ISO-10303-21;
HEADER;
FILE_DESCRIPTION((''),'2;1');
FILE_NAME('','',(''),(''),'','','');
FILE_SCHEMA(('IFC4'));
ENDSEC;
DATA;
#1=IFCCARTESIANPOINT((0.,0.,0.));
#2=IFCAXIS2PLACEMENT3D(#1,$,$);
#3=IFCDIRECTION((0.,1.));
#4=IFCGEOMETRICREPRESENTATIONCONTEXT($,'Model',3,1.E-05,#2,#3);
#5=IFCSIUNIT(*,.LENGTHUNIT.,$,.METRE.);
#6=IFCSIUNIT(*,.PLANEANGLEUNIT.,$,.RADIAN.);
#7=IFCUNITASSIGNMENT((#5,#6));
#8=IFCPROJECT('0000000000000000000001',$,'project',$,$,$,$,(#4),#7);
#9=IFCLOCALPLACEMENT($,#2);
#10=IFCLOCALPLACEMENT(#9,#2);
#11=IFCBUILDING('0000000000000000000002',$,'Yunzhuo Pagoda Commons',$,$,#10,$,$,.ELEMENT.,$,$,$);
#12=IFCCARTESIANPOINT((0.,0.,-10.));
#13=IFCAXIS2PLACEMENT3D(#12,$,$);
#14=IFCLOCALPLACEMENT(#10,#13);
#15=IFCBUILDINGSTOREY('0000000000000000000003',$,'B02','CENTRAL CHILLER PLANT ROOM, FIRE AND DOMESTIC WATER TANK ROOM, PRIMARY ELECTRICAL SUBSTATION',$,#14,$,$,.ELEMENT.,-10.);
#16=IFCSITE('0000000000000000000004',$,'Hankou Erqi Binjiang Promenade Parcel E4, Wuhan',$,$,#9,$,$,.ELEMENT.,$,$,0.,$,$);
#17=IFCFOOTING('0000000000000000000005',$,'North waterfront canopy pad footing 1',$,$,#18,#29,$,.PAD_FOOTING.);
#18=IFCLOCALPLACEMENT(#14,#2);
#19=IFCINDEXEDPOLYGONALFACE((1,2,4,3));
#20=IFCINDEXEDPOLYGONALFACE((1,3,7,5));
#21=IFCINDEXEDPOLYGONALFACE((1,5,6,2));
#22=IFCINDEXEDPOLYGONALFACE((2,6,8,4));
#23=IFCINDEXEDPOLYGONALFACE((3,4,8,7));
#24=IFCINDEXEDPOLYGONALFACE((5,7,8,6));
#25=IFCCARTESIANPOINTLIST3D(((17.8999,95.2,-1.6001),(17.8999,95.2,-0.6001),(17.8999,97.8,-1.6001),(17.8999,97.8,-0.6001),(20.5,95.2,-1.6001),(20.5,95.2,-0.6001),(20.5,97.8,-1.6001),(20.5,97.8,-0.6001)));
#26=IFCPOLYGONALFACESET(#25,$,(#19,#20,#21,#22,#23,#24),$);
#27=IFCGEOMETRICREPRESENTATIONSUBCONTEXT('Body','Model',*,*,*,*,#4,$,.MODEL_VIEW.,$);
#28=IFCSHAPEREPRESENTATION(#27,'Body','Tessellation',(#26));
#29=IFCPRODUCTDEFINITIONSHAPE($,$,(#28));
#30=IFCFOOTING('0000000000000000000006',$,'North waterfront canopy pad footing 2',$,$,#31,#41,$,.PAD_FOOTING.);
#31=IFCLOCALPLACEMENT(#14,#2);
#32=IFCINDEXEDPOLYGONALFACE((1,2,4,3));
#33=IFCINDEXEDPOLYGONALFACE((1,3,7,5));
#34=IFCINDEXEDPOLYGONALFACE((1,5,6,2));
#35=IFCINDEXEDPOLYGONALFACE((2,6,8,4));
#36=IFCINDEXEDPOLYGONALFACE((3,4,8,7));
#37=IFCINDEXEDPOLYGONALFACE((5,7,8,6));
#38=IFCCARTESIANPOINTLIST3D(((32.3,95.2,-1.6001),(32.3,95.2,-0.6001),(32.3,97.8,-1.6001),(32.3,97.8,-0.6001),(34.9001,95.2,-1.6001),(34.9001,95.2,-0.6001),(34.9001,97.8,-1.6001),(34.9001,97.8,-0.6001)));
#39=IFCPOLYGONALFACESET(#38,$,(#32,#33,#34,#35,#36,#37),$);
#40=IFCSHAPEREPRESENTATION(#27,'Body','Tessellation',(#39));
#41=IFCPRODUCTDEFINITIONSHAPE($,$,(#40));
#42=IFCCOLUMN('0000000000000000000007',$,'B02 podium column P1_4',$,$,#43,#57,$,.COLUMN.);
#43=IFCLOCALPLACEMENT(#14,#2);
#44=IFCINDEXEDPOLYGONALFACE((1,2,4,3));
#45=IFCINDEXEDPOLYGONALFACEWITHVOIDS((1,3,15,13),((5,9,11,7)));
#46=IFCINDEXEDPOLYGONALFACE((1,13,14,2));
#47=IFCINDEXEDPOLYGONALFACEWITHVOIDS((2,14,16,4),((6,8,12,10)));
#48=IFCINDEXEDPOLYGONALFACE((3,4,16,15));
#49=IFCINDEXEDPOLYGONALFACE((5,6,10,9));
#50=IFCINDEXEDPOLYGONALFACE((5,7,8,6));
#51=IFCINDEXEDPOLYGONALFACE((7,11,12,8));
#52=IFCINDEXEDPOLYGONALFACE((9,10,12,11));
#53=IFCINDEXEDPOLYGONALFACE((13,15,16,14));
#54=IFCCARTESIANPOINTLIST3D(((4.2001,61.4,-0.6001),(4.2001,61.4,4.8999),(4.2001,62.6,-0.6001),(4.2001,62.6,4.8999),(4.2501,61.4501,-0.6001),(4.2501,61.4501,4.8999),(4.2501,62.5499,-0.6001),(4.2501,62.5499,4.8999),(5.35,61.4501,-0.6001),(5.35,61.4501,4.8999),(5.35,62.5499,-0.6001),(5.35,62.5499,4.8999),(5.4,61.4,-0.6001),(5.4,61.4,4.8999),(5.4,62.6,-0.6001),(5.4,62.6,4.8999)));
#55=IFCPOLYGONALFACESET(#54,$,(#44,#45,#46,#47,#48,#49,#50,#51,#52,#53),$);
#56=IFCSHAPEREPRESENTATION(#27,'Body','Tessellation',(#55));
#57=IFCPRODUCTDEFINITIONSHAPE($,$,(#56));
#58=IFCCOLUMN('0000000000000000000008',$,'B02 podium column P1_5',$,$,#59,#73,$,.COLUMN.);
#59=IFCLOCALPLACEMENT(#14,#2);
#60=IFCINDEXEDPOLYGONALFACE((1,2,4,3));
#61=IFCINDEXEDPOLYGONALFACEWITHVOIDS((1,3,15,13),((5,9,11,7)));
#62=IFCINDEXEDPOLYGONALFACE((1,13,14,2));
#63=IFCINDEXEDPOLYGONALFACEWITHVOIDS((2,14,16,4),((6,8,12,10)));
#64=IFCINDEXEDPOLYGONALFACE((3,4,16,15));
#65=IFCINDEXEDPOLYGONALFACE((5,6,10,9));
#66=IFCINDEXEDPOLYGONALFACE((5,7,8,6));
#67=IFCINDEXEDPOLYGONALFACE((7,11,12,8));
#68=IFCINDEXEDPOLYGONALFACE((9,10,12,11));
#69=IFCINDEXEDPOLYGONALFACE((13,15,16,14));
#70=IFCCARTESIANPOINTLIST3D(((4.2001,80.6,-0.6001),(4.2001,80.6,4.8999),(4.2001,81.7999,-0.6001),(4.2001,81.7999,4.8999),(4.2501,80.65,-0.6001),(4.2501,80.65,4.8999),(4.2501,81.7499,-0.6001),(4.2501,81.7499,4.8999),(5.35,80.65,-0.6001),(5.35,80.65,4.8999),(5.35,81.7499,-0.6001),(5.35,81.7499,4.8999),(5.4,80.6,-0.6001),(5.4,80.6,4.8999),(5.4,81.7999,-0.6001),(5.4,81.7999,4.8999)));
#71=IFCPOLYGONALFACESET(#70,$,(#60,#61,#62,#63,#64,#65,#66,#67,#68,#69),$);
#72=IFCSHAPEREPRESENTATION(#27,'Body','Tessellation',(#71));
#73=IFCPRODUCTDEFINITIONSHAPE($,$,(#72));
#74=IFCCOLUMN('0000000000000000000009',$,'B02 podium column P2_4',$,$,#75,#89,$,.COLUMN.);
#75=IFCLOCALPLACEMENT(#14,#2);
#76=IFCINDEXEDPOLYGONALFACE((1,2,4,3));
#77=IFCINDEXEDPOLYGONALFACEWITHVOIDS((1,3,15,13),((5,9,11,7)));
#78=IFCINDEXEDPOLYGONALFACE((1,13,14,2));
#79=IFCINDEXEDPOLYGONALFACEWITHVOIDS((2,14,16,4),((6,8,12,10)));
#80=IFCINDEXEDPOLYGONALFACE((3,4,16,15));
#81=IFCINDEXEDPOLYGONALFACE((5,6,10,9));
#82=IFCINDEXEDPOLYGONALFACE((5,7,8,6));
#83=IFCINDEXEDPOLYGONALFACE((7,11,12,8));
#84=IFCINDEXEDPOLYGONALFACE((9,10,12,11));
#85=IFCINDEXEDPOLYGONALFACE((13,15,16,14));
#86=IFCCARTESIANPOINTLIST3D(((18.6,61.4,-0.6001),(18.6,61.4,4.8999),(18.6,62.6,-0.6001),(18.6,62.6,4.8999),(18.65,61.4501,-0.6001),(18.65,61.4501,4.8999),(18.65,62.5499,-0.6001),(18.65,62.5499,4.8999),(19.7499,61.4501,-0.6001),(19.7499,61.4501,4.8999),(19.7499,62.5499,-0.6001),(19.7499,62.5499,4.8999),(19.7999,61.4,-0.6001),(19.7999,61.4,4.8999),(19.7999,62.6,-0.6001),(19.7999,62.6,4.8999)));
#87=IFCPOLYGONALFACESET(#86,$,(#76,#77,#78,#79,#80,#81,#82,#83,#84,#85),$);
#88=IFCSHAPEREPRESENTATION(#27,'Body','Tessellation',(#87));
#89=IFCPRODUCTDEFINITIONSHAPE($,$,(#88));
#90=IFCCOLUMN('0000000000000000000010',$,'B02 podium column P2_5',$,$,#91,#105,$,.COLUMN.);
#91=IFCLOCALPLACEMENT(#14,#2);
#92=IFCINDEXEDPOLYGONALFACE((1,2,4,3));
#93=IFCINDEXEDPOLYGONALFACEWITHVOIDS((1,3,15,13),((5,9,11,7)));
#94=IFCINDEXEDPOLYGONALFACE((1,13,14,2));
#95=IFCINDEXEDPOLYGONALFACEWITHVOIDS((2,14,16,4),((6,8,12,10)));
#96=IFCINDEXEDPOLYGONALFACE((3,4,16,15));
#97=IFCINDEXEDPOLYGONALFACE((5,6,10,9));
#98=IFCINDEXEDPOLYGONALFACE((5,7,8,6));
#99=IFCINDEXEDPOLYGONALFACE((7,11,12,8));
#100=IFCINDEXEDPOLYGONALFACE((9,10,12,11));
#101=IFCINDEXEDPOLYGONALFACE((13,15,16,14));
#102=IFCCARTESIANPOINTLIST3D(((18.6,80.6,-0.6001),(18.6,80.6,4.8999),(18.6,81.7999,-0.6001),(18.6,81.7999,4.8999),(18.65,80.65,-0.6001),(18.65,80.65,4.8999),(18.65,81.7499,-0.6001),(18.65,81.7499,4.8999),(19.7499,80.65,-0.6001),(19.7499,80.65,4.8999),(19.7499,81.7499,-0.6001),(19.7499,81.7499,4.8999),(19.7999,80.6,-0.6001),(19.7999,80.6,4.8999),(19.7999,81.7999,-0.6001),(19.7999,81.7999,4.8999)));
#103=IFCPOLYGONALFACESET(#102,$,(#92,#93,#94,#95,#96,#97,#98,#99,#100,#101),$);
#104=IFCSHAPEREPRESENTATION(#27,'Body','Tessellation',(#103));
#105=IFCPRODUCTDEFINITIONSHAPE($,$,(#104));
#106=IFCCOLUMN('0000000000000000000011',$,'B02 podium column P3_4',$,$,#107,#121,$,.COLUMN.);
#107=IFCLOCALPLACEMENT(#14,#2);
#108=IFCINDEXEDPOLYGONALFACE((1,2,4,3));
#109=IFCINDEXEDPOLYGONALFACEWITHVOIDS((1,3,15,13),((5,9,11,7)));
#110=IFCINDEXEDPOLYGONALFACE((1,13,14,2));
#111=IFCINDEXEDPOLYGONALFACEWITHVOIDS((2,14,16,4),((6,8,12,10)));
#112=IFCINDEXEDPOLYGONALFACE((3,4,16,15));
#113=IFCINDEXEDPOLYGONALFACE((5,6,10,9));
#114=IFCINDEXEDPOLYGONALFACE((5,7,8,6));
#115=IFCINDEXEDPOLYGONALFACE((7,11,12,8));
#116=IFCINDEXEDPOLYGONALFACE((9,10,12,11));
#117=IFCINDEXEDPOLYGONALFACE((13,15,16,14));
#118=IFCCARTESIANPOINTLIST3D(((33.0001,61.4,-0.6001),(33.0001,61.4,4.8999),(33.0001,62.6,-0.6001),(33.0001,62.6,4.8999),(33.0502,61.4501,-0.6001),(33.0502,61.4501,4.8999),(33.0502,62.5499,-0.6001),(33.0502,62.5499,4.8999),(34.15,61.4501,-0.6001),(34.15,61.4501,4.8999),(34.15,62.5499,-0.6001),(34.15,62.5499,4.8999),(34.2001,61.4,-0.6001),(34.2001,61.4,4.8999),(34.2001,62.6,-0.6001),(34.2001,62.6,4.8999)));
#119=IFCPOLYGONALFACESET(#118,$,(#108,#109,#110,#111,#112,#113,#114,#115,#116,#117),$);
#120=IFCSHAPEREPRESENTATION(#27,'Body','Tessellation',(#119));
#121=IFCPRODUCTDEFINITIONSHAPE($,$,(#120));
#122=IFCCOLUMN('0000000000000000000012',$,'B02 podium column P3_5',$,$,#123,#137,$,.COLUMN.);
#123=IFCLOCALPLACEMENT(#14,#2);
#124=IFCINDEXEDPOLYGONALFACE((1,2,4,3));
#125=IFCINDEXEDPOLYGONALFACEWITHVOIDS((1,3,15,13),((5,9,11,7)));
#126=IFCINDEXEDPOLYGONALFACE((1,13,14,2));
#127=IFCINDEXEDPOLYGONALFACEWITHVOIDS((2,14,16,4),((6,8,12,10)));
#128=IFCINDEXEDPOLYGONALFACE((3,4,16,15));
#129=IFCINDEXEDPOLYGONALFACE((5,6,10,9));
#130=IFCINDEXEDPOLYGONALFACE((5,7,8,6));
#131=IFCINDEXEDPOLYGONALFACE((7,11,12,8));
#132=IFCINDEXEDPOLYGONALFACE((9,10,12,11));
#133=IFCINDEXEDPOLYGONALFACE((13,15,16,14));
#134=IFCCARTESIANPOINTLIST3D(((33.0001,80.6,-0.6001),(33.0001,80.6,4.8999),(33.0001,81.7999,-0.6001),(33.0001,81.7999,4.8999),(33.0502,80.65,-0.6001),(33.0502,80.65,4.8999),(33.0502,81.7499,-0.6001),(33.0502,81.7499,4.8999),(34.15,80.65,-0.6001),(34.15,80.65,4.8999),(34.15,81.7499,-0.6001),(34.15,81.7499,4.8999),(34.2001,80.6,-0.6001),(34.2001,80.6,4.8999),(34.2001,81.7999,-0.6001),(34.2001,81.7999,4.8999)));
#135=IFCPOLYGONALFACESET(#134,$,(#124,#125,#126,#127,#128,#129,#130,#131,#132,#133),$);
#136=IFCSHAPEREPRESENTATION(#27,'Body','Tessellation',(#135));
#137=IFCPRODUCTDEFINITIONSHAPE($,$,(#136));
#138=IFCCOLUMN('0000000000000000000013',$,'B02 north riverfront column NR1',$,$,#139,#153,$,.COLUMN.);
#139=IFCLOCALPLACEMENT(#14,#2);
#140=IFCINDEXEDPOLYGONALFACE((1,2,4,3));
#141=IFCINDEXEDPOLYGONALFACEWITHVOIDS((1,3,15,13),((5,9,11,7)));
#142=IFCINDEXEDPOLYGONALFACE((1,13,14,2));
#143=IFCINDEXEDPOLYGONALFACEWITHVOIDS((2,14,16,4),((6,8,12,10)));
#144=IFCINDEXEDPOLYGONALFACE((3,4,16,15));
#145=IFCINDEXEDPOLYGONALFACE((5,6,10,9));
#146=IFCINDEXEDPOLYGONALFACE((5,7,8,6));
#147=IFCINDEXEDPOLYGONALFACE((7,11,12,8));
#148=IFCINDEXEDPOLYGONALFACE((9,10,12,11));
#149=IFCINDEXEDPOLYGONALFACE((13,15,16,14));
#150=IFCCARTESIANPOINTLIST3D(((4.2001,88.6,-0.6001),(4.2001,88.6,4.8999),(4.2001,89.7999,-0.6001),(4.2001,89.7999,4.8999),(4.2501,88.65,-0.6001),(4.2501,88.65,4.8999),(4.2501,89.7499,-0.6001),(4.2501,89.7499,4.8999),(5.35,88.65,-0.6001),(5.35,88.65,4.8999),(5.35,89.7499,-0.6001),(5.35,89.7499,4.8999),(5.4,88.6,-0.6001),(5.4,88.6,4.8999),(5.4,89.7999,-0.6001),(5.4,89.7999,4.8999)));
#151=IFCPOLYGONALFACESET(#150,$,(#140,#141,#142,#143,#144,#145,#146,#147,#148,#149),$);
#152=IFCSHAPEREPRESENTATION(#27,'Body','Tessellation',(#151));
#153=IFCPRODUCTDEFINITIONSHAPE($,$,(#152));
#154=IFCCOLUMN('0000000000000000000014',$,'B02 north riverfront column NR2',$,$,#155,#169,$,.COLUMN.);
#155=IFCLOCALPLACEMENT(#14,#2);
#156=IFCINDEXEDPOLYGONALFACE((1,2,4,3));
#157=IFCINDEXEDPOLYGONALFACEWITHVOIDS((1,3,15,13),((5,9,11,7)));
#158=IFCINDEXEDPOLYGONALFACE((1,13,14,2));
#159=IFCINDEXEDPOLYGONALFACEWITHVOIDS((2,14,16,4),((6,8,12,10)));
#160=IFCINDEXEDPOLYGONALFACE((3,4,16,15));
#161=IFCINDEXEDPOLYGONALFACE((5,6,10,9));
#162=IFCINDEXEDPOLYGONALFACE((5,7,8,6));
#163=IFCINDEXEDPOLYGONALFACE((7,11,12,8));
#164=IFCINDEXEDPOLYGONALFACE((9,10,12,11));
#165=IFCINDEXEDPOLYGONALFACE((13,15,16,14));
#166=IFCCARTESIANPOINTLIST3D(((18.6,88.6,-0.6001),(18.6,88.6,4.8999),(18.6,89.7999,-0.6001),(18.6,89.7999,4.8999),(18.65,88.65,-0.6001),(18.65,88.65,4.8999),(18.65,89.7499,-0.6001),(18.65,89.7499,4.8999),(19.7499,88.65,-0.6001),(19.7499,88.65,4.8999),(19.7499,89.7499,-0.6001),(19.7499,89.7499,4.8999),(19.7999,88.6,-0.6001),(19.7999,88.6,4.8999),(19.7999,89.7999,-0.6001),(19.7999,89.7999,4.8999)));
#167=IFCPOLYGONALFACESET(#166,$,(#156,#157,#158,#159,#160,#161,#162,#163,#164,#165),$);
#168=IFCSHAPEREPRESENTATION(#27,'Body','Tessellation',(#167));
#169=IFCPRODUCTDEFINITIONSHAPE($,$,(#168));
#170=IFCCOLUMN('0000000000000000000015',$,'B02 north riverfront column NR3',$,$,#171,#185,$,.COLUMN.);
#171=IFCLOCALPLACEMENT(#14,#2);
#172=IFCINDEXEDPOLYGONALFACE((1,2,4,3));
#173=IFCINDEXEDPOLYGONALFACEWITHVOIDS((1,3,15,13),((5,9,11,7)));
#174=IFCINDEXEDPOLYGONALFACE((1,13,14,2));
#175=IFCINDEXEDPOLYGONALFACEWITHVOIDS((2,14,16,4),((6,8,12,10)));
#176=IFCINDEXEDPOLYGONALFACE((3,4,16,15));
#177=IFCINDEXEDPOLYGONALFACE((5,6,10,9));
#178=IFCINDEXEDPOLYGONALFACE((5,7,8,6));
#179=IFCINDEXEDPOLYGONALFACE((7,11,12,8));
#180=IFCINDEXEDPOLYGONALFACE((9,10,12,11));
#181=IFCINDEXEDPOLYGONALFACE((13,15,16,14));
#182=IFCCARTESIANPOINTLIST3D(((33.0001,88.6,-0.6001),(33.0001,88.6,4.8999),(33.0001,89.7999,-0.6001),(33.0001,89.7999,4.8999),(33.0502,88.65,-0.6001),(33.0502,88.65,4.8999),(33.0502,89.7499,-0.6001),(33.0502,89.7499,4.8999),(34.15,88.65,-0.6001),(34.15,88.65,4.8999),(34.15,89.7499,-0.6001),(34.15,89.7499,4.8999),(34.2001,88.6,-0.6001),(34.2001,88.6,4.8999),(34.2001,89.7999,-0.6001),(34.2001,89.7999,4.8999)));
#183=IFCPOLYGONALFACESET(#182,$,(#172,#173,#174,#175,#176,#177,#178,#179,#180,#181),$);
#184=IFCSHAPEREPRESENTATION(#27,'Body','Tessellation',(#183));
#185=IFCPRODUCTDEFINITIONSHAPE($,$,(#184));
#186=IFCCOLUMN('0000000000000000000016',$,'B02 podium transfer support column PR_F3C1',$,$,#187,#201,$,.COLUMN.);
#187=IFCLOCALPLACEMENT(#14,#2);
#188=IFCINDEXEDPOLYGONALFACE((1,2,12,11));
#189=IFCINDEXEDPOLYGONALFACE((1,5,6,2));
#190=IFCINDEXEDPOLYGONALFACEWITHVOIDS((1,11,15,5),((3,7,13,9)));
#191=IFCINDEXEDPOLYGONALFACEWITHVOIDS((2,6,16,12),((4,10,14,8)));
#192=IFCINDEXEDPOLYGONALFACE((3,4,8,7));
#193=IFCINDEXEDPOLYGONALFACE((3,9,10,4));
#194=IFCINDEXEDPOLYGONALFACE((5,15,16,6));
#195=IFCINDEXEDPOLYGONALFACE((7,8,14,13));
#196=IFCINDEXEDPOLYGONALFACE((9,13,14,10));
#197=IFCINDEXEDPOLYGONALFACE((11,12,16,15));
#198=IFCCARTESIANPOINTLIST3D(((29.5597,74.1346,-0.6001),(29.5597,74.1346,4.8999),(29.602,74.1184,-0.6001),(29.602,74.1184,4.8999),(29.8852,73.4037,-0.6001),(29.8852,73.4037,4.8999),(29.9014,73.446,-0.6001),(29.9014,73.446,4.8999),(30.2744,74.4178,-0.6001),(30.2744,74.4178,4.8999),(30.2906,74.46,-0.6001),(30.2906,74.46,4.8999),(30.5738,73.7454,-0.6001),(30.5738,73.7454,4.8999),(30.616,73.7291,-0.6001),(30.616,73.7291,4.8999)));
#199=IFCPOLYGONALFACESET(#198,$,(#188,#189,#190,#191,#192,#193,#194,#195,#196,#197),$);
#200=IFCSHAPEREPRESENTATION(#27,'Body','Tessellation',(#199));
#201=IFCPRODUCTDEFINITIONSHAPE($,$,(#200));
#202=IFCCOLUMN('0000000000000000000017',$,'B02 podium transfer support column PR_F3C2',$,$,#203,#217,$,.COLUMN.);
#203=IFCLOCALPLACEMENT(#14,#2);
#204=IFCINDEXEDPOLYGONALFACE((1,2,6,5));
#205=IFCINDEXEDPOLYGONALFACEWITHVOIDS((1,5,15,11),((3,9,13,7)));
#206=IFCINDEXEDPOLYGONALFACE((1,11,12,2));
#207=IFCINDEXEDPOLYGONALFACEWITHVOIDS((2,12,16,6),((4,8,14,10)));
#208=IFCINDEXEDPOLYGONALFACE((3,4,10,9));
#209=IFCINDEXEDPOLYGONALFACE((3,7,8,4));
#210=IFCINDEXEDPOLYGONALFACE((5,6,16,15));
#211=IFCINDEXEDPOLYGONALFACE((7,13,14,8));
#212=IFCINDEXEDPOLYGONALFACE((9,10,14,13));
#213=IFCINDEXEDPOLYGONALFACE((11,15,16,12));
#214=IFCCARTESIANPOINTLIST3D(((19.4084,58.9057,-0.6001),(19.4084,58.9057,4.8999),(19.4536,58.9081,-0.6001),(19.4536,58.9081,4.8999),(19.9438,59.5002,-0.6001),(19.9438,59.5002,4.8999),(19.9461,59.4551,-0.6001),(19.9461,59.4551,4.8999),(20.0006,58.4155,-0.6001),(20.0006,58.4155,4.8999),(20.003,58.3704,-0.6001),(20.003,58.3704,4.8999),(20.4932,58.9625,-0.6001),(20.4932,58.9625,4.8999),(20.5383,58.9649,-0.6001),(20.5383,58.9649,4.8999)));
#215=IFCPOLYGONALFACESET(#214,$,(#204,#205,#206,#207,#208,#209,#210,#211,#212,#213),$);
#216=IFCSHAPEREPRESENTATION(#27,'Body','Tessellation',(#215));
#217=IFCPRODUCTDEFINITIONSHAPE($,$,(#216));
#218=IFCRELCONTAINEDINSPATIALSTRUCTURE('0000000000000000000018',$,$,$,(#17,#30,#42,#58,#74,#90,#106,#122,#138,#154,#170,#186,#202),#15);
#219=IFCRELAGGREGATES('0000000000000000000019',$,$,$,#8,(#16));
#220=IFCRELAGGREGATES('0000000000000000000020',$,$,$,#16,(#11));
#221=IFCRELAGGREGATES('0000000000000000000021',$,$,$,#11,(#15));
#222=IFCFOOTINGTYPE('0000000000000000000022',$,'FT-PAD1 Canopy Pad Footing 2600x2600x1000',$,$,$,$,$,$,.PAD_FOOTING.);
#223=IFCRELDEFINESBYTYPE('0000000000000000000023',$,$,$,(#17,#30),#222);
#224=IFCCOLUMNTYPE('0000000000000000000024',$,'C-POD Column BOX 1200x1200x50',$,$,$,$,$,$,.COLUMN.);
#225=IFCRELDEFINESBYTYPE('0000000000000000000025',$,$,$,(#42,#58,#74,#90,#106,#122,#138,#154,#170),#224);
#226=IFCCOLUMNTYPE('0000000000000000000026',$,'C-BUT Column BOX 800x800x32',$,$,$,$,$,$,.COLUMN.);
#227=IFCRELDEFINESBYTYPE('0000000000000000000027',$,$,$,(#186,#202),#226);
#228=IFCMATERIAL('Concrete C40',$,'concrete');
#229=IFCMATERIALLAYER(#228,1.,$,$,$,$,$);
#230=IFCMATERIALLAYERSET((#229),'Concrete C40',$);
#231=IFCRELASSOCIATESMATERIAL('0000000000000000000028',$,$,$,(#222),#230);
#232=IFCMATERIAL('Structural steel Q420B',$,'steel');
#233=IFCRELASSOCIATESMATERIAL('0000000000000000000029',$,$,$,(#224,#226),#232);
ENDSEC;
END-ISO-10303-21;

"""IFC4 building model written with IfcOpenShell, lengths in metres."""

from ifc_helpers import new_model, si_unit, direction, frame, origin, origin_2d, place, context, subcontext, project, spatial, rectangle, hollow_rectangle, extrude, source, transform, mapped, material, layer, layer_set, material_profile, profile_set, type_object, element, save


model = new_model("IFC4")

# Units and contexts
model_context = context("Model", 3, precision=1e-05, world=origin(), true_north=direction((0.0, 1.0)))
body_context = subcontext(model_context, "Body", "Model", "MODEL_VIEW")
ifc_project = project(units=[si_unit("LENGTHUNIT", "METRE"), si_unit("PLANEANGLEUNIT", "RADIAN")], contexts=[model_context])

# Site, building, storey
site_placement = place(None, origin())
site = spatial("IfcSite", under=ifc_project, at=site_placement, Name="Hankou Erqi Binjiang Promenade Parcel E4, Wuhan", CompositionType="ELEMENT", RefElevation=0.0)
building_placement = place(site_placement, origin())
building = spatial("IfcBuilding", under=site, at=building_placement, Name="Yunzhuo Pagoda Commons", CompositionType="ELEMENT")
storey_placement = place(building_placement, frame((0.0, 0.0, -10.0)))
storey = spatial("IfcBuildingStorey", under=building, at=storey_placement, Name="B02", Description="CENTRAL CHILLER PLANT ROOM, FIRE AND DOMESTIC WATER TANK ROOM, PRIMARY ELECTRICAL SUBSTATION", CompositionType="ELEMENT", Elevation=-10.0)

# Footings
ifc_material_1 = material(Name="Concrete C40", Category="concrete")
ifc_layer_1 = layer(ifc_material_1, 1.0)
ifc_layer_set_1 = layer_set([ifc_layer_1], Name="Concrete C40")
footing_type = type_object("IfcFootingType", Name="FT-PAD1 Canopy Pad Footing 2600x2600x1000", PredefinedType="PAD_FOOTING", material=ifc_layer_set_1)
shared_shape_1 = source(origin(), body_context, "Body", "SweptSolid", [
    extrude(rectangle(XDim=2.6001, YDim=2.6001, at=origin_2d()), origin(), (0.0, 0.0, 1.0), 1.0),
])
for number, where, z_axis, x_axis, name in (
    (1, (19.2, 96.5, -1.6001), (0.0, 0.0, 1.0), (1.0, 0.0, 0.0), "North waterfront canopy pad footing 1"),
    (2, (33.6001, 96.5, -1.6001), (0.0, 0.0, 1.0), (1.0, 0.0, 0.0), "North waterfront canopy pad footing 2"),
):
    element("IfcFooting", number, at=place(storey_placement, frame(where, z_axis=z_axis, x_axis=x_axis)), inside=storey, type_object=footing_type, Name=name, PredefinedType="PAD_FOOTING", context=body_context, shape_type="MappedRepresentation", body=[
        mapped(shared_shape_1, transform((0.0, 0.0, 0.0), scale=1.0)),
    ])

# Columns
ifc_material_2 = material(Name="Structural steel Q420B", Category="steel")
ifc_material_profile_1 = material_profile(ifc_material_2, hollow_rectangle(XDim=1.2, YDim=1.2, WallThickness=0.05, at=origin_2d()), Name="Structural steel Q420B")
ifc_profile_set_1 = profile_set([ifc_material_profile_1], Name="Structural steel Q420B")
column_type_1 = type_object("IfcColumnType", Name="C-POD Column BOX 1200x1200x50", PredefinedType="COLUMN", material=ifc_profile_set_1)
shared_shape_2 = source(origin(), body_context, "Body", "SweptSolid", [
    extrude(hollow_rectangle(XDim=1.2, YDim=1.2, WallThickness=0.05, at=origin_2d()), origin(), (0.0, 0.0, 1.0), 5.5),
])
for number, where, z_axis, x_axis, name in (
    (3, (4.8, 62.0, -0.6001), (0.0, 0.0, 1.0), (1.0, 0.0, 0.0), "B02 podium column P1_4"),
    (4, (4.8, 81.2, -0.6001), (0.0, 0.0, 1.0), (1.0, 0.0, 0.0), "B02 podium column P1_5"),
    (5, (19.2, 62.0, -0.6001), (0.0, 0.0, 1.0), (1.0, 0.0, 0.0), "B02 podium column P2_4"),
    (6, (19.2, 81.2, -0.6001), (0.0, 0.0, 1.0), (1.0, 0.0, 0.0), "B02 podium column P2_5"),
    (7, (33.6001, 62.0, -0.6001), (0.0, 0.0, 1.0), (1.0, 0.0, 0.0), "B02 podium column P3_4"),
    (8, (33.6001, 81.2, -0.6001), (0.0, 0.0, 1.0), (1.0, 0.0, 0.0), "B02 podium column P3_5"),
    (9, (4.8, 89.2, -0.6001), (0.0, 0.0, 1.0), (1.0, 0.0, 0.0), "B02 north riverfront column NR1"),
    (10, (19.2, 89.2, -0.6001), (0.0, 0.0, 1.0), (1.0, 0.0, 0.0), "B02 north riverfront column NR2"),
    (11, (33.6001, 89.2, -0.6001), (0.0, 0.0, 1.0), (1.0, 0.0, 0.0), "B02 north riverfront column NR3"),
):
    element("IfcColumn", number, at=place(storey_placement, frame(where, z_axis=z_axis, x_axis=x_axis)), inside=storey, type_object=column_type_1, Name=name, PredefinedType="COLUMN", context=body_context, shape_type="MappedRepresentation", body=[
        mapped(shared_shape_2, transform((0.0, 0.0, 0.0), scale=1.0)),
    ])
ifc_material_profile_2 = material_profile(ifc_material_2, hollow_rectangle(XDim=0.8, YDim=0.8, WallThickness=0.032, at=origin_2d()), Name="Structural steel Q420B")
ifc_profile_set_2 = profile_set([ifc_material_profile_2], Name="Structural steel Q420B")
column_type_2 = type_object("IfcColumnType", Name="C-BUT Column BOX 800x800x32", PredefinedType="COLUMN", material=ifc_profile_set_2)
shared_shape_3 = source(origin(), body_context, "Body", "SweptSolid", [
    extrude(hollow_rectangle(XDim=0.8, YDim=0.8, WallThickness=0.032, at=origin_2d()), origin(), (0.0, 0.0, 1.0), 5.5),
])
for number, where, z_axis, x_axis, name in (
    (12, (30.0879, 73.9319, -0.6001), (0.0, 0.0, 1.0), (-0.913545, -0.406737, 0.0), "B02 podium transfer support column PR_F3C1"),
    (13, (19.9734, 58.9353, -0.6001), (0.0, 0.0, 1.0), (-0.669131, -0.743145, 0.0), "B02 podium transfer support column PR_F3C2"),
):
    element("IfcColumn", number, at=place(storey_placement, frame(where, z_axis=z_axis, x_axis=x_axis)), inside=storey, type_object=column_type_2, Name=name, PredefinedType="COLUMN", context=body_context, shape_type="MappedRepresentation", body=[
        mapped(shared_shape_3, transform((0.0, 0.0, 0.0), scale=1.0)),
    ])

save(model, "model.ifc")
